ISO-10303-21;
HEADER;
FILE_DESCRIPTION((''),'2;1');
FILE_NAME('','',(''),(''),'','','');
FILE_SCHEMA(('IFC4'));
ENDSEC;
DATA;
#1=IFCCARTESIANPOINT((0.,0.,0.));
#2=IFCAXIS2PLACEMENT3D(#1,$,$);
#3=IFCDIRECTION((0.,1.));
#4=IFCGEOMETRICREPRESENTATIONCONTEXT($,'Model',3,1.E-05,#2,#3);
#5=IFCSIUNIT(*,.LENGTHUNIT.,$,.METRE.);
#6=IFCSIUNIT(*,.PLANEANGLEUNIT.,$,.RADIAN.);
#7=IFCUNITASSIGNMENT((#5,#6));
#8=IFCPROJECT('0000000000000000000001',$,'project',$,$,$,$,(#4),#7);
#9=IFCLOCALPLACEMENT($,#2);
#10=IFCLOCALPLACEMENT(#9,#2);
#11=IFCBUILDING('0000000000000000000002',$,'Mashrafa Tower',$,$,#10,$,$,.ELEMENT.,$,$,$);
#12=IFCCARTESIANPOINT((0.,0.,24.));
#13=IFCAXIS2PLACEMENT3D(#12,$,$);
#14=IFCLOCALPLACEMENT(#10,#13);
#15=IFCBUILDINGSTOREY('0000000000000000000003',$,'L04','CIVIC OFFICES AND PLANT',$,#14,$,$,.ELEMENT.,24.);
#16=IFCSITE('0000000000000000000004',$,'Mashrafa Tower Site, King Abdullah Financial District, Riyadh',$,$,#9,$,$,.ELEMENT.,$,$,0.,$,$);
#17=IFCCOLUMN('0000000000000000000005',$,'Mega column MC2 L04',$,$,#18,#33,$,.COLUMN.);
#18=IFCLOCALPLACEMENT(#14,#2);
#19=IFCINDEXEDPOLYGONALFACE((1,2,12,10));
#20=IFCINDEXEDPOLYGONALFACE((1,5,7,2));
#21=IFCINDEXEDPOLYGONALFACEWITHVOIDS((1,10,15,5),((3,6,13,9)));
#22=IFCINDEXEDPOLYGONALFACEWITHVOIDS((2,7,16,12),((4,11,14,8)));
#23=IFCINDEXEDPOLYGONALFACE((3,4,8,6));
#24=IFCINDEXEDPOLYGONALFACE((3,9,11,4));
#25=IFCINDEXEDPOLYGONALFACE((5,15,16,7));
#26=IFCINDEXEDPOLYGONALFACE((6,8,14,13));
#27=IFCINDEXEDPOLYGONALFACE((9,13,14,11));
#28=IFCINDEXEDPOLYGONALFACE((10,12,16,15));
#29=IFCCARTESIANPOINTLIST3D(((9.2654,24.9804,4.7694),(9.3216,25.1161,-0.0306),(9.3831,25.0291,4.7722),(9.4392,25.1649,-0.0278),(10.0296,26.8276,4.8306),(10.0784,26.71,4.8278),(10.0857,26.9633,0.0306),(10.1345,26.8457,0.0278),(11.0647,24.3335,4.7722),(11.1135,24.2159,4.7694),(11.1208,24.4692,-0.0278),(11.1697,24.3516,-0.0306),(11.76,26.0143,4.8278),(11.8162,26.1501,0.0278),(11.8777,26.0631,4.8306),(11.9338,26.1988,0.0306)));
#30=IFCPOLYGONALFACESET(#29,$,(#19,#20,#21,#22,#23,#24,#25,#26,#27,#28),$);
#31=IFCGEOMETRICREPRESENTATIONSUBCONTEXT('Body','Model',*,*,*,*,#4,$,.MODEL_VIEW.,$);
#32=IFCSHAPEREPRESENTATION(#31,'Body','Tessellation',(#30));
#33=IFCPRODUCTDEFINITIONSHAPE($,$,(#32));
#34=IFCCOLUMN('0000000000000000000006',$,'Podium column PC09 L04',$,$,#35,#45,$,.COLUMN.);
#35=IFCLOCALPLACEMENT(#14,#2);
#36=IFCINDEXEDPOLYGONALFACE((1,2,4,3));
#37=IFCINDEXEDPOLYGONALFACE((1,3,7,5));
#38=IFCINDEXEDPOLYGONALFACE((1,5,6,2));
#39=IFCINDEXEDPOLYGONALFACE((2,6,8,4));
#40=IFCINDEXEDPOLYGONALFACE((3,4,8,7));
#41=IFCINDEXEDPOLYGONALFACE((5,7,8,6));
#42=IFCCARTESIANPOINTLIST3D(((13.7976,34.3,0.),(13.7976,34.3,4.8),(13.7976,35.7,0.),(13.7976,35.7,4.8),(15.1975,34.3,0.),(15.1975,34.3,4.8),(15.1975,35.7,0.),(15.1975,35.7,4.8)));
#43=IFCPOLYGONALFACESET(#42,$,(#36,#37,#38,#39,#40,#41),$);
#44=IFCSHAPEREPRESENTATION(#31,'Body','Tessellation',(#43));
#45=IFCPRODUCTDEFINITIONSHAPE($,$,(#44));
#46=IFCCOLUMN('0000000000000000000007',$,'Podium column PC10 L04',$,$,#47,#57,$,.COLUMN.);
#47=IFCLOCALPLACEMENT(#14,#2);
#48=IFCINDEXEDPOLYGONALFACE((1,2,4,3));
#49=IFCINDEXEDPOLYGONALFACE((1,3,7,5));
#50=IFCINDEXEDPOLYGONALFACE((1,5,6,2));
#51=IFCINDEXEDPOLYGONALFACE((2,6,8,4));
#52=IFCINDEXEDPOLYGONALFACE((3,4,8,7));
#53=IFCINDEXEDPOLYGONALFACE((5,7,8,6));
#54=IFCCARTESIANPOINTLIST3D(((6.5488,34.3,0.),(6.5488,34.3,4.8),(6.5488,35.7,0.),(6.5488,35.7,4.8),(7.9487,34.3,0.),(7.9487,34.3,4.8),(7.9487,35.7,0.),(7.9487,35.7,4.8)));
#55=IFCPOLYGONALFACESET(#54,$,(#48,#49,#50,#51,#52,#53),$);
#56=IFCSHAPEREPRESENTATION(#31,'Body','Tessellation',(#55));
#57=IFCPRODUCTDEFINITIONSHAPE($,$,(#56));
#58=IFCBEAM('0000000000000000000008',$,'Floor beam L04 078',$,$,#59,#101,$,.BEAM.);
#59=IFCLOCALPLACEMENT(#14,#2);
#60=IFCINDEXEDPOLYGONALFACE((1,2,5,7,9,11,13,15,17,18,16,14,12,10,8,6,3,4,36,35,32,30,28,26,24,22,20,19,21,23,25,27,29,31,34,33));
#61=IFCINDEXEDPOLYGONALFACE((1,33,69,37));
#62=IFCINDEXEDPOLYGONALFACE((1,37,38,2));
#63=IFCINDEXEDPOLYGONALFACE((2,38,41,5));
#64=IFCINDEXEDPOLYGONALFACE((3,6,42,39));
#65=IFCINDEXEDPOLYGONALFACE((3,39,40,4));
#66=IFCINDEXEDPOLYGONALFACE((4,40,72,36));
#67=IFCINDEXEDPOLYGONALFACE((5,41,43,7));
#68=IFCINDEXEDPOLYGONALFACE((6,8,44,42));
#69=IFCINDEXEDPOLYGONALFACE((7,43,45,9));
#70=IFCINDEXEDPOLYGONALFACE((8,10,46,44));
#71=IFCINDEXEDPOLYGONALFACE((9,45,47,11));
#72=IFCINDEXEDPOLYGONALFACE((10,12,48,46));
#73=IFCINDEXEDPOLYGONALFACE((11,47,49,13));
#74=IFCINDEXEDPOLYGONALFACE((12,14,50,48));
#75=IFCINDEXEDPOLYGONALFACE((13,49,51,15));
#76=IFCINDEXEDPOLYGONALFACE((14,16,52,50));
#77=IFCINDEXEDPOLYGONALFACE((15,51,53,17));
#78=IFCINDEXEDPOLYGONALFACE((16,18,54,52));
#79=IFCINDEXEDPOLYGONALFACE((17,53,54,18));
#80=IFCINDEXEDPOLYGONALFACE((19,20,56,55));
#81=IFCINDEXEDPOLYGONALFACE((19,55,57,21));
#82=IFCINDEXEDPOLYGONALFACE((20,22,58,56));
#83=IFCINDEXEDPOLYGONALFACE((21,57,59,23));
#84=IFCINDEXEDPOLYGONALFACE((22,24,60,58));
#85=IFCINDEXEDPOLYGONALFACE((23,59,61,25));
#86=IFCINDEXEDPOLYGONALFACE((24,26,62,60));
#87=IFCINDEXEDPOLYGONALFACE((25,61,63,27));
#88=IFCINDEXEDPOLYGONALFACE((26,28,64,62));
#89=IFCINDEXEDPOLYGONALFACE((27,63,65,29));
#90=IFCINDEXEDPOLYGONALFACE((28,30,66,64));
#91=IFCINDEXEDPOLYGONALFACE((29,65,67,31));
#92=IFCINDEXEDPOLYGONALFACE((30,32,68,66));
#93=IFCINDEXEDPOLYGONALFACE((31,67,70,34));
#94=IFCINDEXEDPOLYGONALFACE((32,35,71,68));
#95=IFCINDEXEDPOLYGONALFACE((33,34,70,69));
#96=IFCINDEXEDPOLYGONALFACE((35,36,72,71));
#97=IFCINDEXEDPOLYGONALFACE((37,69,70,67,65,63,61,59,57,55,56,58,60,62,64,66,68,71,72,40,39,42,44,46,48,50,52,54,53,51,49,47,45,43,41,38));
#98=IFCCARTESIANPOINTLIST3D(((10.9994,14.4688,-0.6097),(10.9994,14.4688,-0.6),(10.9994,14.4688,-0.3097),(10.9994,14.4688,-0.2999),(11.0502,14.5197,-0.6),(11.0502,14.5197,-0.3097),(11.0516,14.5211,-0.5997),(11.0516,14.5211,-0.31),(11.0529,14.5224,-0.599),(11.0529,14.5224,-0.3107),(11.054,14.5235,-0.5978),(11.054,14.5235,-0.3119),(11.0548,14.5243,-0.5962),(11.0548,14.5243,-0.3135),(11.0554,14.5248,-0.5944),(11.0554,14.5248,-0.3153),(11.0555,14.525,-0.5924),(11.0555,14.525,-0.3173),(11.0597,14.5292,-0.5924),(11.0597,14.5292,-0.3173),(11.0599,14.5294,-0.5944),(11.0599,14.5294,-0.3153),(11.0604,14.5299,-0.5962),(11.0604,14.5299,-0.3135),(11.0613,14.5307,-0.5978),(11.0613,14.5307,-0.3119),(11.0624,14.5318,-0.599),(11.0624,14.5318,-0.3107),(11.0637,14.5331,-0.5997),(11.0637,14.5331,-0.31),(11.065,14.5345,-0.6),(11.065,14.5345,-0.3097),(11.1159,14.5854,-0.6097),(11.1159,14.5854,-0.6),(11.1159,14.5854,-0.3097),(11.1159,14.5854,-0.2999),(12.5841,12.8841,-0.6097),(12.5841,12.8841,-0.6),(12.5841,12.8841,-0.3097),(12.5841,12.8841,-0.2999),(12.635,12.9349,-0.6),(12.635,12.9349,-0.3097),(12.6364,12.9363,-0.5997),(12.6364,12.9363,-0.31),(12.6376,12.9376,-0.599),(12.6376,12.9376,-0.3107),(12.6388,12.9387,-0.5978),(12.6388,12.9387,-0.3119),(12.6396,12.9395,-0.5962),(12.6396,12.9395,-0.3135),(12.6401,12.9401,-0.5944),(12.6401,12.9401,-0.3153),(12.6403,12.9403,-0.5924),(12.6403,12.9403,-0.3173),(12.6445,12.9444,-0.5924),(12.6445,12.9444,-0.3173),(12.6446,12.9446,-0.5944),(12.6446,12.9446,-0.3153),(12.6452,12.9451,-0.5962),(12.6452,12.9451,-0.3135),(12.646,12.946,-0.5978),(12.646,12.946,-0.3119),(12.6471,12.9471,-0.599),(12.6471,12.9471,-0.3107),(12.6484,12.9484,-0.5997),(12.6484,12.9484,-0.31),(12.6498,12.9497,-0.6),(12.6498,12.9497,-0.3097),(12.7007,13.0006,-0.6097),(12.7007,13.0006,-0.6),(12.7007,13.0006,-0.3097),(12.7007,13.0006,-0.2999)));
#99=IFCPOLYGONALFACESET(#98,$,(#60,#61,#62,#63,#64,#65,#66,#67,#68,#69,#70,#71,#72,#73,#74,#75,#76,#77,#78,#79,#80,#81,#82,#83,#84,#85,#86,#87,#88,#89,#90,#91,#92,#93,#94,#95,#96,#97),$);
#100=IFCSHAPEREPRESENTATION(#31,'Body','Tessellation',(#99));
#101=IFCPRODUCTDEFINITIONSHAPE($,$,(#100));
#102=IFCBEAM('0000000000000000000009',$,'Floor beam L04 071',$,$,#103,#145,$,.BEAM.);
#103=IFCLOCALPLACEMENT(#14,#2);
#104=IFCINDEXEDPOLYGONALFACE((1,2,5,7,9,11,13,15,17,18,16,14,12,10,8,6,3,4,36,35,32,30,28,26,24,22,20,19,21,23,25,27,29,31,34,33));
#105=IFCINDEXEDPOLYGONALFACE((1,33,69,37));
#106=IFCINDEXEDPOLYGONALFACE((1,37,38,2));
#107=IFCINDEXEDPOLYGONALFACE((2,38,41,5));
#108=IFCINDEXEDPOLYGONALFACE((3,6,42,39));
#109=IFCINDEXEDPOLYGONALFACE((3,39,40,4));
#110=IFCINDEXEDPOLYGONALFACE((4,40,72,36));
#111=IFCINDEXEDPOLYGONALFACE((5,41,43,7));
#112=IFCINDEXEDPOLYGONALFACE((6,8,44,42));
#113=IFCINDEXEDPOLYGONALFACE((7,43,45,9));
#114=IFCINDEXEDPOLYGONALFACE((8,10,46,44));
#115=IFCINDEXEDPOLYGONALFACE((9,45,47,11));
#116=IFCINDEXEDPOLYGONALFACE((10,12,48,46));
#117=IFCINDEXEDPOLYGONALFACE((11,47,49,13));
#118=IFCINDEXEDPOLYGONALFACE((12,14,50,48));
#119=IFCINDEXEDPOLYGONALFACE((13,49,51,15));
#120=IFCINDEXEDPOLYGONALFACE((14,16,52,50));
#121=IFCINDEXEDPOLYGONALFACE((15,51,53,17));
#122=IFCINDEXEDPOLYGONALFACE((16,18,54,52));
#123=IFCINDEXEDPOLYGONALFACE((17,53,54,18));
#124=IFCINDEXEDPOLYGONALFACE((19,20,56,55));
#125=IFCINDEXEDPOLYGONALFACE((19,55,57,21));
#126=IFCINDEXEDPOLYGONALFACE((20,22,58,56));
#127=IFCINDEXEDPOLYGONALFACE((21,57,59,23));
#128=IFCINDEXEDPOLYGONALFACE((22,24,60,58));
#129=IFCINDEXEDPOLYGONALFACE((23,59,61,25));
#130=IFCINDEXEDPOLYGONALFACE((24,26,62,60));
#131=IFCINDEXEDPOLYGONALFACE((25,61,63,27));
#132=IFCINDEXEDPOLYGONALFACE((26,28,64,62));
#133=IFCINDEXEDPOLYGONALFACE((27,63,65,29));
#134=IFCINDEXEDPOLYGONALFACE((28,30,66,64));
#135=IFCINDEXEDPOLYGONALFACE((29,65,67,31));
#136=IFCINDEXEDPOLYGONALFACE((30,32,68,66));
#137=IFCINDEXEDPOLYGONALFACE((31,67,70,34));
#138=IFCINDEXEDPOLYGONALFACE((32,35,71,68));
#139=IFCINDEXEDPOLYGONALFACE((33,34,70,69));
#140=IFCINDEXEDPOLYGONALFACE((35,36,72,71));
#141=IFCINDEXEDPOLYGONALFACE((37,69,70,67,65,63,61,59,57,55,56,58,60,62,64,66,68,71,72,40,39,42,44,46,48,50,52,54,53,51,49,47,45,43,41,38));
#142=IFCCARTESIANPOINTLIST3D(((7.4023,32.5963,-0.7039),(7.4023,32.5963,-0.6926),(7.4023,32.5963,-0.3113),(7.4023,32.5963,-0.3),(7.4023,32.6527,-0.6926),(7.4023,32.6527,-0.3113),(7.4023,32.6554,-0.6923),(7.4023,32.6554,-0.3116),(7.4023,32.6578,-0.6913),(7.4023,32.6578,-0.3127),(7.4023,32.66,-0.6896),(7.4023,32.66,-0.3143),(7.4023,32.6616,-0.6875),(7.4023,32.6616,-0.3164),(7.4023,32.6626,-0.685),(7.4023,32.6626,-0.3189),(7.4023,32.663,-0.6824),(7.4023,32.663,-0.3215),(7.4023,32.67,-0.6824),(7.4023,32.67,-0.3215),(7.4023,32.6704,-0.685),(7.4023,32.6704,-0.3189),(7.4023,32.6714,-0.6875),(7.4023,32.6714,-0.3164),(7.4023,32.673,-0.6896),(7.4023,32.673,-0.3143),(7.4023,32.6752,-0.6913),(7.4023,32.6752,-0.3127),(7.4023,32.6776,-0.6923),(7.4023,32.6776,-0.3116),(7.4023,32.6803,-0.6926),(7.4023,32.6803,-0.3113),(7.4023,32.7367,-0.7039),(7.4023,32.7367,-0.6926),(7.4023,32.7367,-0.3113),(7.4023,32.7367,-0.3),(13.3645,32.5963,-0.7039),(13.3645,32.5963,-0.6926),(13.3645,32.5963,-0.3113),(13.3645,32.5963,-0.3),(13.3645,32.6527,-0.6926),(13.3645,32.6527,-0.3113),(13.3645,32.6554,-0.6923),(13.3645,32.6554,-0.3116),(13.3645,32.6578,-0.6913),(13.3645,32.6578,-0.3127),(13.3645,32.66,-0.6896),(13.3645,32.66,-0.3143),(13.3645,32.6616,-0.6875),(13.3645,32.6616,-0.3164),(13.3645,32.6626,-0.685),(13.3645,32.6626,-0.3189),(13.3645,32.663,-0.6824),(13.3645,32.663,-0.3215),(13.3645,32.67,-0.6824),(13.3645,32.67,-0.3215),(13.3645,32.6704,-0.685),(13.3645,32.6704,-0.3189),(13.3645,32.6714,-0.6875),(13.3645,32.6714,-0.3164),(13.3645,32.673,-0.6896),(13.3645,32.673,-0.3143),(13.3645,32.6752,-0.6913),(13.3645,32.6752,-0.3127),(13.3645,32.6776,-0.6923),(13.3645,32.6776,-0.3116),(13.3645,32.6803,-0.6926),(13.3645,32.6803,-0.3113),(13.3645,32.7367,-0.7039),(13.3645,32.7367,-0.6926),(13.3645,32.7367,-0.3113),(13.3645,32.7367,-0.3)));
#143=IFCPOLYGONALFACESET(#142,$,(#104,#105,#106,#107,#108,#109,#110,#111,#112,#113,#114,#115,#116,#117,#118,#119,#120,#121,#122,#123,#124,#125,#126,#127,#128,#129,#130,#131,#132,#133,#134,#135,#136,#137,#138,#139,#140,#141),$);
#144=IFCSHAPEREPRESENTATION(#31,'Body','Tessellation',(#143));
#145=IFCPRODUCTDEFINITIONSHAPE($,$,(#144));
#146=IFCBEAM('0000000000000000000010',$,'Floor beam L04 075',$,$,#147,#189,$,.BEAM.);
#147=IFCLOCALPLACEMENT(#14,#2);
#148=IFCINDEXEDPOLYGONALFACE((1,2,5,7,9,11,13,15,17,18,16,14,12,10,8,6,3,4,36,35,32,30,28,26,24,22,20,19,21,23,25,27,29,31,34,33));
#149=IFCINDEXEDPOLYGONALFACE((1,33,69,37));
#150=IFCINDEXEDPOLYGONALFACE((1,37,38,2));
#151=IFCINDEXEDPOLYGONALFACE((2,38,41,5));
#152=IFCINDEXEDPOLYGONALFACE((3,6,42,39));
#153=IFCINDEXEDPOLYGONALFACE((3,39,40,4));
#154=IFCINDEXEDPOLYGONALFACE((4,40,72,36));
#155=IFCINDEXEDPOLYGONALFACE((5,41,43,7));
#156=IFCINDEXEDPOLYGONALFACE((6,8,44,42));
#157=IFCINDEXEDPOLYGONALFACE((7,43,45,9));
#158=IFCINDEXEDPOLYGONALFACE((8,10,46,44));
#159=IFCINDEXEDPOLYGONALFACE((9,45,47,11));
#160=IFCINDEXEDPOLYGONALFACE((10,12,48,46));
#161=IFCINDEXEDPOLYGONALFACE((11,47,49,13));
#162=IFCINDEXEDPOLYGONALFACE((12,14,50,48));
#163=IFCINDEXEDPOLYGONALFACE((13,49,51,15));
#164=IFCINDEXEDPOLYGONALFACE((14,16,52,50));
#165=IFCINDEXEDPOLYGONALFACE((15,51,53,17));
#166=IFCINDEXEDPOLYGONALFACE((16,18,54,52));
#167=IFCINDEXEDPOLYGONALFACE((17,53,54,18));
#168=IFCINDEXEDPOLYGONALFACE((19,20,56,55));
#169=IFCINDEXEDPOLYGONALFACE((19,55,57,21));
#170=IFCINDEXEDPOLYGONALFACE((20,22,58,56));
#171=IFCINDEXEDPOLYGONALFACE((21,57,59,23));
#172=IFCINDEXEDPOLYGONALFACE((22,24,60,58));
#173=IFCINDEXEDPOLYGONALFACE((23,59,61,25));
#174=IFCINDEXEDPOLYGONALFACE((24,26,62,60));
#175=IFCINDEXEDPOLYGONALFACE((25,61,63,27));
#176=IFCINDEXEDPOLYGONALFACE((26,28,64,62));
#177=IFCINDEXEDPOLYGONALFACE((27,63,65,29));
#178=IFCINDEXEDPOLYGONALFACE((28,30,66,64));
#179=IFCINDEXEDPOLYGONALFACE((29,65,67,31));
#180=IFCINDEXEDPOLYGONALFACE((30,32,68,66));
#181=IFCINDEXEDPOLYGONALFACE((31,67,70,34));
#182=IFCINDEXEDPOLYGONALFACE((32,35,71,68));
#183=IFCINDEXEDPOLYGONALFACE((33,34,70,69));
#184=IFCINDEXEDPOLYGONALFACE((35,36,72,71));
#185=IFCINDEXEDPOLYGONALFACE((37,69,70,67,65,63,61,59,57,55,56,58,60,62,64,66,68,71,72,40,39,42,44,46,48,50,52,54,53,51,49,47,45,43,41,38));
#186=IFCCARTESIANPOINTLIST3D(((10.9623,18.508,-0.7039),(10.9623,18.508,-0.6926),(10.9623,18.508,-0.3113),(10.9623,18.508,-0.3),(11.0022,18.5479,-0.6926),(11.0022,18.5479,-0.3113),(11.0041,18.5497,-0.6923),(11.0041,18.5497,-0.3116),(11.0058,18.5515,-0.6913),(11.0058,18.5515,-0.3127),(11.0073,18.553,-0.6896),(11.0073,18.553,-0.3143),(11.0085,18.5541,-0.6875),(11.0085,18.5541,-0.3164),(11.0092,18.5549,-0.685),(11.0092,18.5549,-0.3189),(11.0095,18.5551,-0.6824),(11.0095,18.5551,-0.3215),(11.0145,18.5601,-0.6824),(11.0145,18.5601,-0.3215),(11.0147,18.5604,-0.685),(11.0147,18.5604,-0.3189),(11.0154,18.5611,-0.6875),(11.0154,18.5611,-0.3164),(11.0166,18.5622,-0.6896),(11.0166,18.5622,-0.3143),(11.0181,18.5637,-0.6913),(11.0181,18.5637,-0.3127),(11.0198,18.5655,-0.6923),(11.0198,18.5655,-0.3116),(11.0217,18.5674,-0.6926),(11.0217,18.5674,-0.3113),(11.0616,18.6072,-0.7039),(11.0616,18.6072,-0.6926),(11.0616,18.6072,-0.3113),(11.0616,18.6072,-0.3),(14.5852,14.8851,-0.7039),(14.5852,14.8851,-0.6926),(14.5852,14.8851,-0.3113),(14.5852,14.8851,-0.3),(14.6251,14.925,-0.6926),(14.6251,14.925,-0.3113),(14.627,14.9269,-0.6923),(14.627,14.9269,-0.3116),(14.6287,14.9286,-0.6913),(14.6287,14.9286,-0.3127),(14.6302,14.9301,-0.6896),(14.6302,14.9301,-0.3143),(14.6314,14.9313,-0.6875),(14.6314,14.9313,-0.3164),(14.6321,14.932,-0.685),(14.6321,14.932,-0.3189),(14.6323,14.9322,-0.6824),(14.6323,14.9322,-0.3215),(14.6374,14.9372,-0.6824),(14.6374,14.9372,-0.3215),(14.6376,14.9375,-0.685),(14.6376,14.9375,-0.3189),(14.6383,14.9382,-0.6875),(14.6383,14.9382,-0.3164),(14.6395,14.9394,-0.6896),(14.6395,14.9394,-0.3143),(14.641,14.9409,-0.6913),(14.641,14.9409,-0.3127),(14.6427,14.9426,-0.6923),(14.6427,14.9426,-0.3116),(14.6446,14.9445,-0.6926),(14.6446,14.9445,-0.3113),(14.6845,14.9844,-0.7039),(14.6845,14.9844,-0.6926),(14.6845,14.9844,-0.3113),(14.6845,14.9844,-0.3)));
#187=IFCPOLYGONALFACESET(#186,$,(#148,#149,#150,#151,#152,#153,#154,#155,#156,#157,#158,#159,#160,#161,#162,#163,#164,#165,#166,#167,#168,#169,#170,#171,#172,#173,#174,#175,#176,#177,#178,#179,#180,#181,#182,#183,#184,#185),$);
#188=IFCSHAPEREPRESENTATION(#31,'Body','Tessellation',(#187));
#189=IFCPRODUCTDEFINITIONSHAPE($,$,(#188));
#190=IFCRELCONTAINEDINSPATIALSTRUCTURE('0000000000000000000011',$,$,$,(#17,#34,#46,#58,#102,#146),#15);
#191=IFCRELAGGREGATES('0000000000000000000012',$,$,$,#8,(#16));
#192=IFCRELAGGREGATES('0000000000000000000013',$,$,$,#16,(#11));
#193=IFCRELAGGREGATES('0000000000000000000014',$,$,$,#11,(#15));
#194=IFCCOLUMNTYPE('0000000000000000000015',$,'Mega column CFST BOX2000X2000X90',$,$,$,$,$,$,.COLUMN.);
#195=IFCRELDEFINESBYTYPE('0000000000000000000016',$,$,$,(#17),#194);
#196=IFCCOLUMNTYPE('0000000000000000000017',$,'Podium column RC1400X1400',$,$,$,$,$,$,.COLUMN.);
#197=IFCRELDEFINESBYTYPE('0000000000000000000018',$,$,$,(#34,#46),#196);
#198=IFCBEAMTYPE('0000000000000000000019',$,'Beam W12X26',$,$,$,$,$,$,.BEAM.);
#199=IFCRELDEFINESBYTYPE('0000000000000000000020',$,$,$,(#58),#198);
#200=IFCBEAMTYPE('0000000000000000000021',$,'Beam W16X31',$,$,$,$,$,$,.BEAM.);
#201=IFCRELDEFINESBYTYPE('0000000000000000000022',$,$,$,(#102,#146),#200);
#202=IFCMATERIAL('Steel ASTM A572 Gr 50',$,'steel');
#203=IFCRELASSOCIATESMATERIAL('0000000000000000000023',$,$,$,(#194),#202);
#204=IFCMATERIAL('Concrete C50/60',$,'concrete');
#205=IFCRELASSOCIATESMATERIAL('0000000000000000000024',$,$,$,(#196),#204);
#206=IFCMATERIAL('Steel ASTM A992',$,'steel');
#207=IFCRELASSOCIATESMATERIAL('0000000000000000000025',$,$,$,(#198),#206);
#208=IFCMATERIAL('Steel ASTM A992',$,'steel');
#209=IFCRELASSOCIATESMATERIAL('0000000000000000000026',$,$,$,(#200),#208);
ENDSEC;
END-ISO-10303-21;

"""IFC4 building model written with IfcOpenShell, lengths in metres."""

from ifc_helpers import new_model, si_unit, direction, frame, origin, origin_2d, place, context, subcontext, project, spatial, rectangle, hollow_rectangle, i_section, extrude, material, material_profile, profile_set, type_object, element, save


model = new_model("IFC4")

# Units and contexts
model_context = context("Model", 3, precision=1e-05, world=origin(), true_north=direction((0.0, 1.0)))
body_context = subcontext(model_context, "Body", "Model", "MODEL_VIEW")
ifc_project = project(units=[si_unit("LENGTHUNIT", "METRE"), si_unit("PLANEANGLEUNIT", "RADIAN")], contexts=[model_context])

# Site, building, storey
site_placement = place(None, origin())
site = spatial("IfcSite", under=ifc_project, at=site_placement, Name="Mashrafa Tower Site, King Abdullah Financial District, Riyadh", CompositionType="ELEMENT", RefElevation=0.0)
building_placement = place(site_placement, origin())
building = spatial("IfcBuilding", under=site, at=building_placement, Name="Mashrafa Tower", CompositionType="ELEMENT")
storey_placement = place(building_placement, frame((0.0, 0.0, 24.0)))
storey = spatial("IfcBuildingStorey", under=building, at=storey_placement, Name="L04", Description="CIVIC OFFICES AND PLANT", CompositionType="ELEMENT", Elevation=24.0)

# Columns
ifc_material_1 = material(Name="Steel ASTM A572 Gr 50", Category="steel")
ifc_material_profile_1 = material_profile(ifc_material_1, hollow_rectangle(XDim=2.0, YDim=2.0, WallThickness=0.0901, at=origin_2d()), Name="BOX2000X2000X90")
ifc_profile_set_1 = profile_set([ifc_material_profile_1], Name="Steel ASTM A572 Gr 50")
column_type_1 = type_object("IfcColumnType", Name="Mega column CFST BOX2000X2000X90", PredefinedType="COLUMN", material=ifc_profile_set_1)
column_placement = place(storey_placement, frame((10.6277, 25.6575, 0.0), z_axis=(-0.011693, -0.028266, 0.999532), x_axis=(0.924057, -0.382254, 0.0)))
element("IfcColumn", 1, at=column_placement, inside=storey, type_object=column_type_1, Name="Mega column MC2 L04", PredefinedType="COLUMN", context=body_context, shape_type="SweptSolid", body=[
    extrude(hollow_rectangle(XDim=2.0, YDim=2.0, WallThickness=0.0901, at=origin_2d()), origin(), (0.0, 0.0, 1.0), 4.8022),
])
ifc_material_2 = material(Name="Concrete C50/60", Category="concrete")
ifc_material_profile_2 = material_profile(ifc_material_2, rectangle(XDim=1.3999, YDim=1.3999, at=origin_2d()), Name="RC1400X1400")
ifc_profile_set_2 = profile_set([ifc_material_profile_2], Name="Concrete C50/60")
column_type_2 = type_object("IfcColumnType", Name="Podium column RC1400X1400", PredefinedType="COLUMN", material=ifc_profile_set_2)
for number, where, z_axis, x_axis, name in (
    (2, (14.4976, 35.0, 0.0), (0.0, 0.0, 1.0), (1.0, 0.0, 0.0), "Podium column PC09 L04"),
    (3, (7.2488, 35.0, 0.0), (0.0, 0.0, 1.0), (1.0, 0.0, 0.0), "Podium column PC10 L04"),
):
    element("IfcColumn", number, at=place(storey_placement, frame(where, z_axis=z_axis, x_axis=x_axis)), inside=storey, type_object=column_type_2, Name=name, PredefinedType="COLUMN", context=body_context, shape_type="SweptSolid", body=[
        extrude(rectangle(XDim=1.3999, YDim=1.3999, at=origin_2d()), origin(), (0.0, 0.0, 1.0), 4.8),
    ])

# Beams
ifc_material_3 = material(Name="Steel ASTM A992", Category="steel")
ifc_material_profile_3 = material_profile(ifc_material_3, i_section(OverallWidth=0.1648, OverallDepth=0.3098, WebThickness=0.0059, FlangeThickness=0.0098, FilletRadius=0.0076, at=origin_2d()), Name="W12X26")
ifc_profile_set_3 = profile_set([ifc_material_profile_3], Name="Steel ASTM A992")
beam_type_1 = type_object("IfcBeamType", Name="Beam W12X26", PredefinedType="BEAM", material=ifc_profile_set_3)
beam_1_placement = place(storey_placement, frame((11.0576, 14.5271, -0.4548), z_axis=(0.707107, -0.707107, 0.0), x_axis=(0.707107, 0.707107, 0.0)))
element("IfcBeam", 4, at=beam_1_placement, inside=storey, type_object=beam_type_1, Name="Floor beam L04 078", PredefinedType="BEAM", context=body_context, shape_type="SweptSolid", body=[
    extrude(i_section(OverallWidth=0.1648, OverallDepth=0.3098, WebThickness=0.0059, FlangeThickness=0.0098, FilletRadius=0.0076, at=origin_2d()), origin(), (0.0, 0.0, 1.0), 2.2412),
])
ifc_material_4 = material(Name="Steel ASTM A992", Category="steel")
ifc_material_profile_4 = material_profile(ifc_material_4, i_section(OverallWidth=0.1404, OverallDepth=0.4038, WebThickness=0.0071, FlangeThickness=0.0112, FilletRadius=0.0103, at=origin_2d()), Name="W16X31")
ifc_profile_set_4 = profile_set([ifc_material_profile_4], Name="Steel ASTM A992")
beam_type_2 = type_object("IfcBeamType", Name="Beam W16X31", PredefinedType="BEAM", material=ifc_profile_set_4)
beam_2_placement = place(storey_placement, frame((7.4023, 32.6665, -0.502), z_axis=(1.0, 0.0, 0.0), x_axis=(0.0, 1.0, 0.0)))
element("IfcBeam", 5, at=beam_2_placement, inside=storey, type_object=beam_type_2, Name="Floor beam L04 071", PredefinedType="BEAM", context=body_context, shape_type="SweptSolid", body=[
    extrude(i_section(OverallWidth=0.1404, OverallDepth=0.4038, WebThickness=0.0071, FlangeThickness=0.0112, FilletRadius=0.0103, at=origin_2d()), origin(), (0.0, 0.0, 1.0), 5.9622),
])
beam_3_placement = place(storey_placement, frame((11.012, 18.5576, -0.502), z_axis=(0.707107, -0.707107, 0.0), x_axis=(0.707107, 0.707107, 0.0)))
element("IfcBeam", 6, at=beam_3_placement, inside=storey, type_object=beam_type_2, Name="Floor beam L04 075", PredefinedType="BEAM", context=body_context, shape_type="SweptSolid", body=[
    extrude(i_section(OverallWidth=0.1404, OverallDepth=0.4038, WebThickness=0.0071, FlangeThickness=0.0112, FilletRadius=0.0103, at=origin_2d()), origin(), (0.0, 0.0, 1.0), 5.1235),
])

save(model, "model.ifc")
